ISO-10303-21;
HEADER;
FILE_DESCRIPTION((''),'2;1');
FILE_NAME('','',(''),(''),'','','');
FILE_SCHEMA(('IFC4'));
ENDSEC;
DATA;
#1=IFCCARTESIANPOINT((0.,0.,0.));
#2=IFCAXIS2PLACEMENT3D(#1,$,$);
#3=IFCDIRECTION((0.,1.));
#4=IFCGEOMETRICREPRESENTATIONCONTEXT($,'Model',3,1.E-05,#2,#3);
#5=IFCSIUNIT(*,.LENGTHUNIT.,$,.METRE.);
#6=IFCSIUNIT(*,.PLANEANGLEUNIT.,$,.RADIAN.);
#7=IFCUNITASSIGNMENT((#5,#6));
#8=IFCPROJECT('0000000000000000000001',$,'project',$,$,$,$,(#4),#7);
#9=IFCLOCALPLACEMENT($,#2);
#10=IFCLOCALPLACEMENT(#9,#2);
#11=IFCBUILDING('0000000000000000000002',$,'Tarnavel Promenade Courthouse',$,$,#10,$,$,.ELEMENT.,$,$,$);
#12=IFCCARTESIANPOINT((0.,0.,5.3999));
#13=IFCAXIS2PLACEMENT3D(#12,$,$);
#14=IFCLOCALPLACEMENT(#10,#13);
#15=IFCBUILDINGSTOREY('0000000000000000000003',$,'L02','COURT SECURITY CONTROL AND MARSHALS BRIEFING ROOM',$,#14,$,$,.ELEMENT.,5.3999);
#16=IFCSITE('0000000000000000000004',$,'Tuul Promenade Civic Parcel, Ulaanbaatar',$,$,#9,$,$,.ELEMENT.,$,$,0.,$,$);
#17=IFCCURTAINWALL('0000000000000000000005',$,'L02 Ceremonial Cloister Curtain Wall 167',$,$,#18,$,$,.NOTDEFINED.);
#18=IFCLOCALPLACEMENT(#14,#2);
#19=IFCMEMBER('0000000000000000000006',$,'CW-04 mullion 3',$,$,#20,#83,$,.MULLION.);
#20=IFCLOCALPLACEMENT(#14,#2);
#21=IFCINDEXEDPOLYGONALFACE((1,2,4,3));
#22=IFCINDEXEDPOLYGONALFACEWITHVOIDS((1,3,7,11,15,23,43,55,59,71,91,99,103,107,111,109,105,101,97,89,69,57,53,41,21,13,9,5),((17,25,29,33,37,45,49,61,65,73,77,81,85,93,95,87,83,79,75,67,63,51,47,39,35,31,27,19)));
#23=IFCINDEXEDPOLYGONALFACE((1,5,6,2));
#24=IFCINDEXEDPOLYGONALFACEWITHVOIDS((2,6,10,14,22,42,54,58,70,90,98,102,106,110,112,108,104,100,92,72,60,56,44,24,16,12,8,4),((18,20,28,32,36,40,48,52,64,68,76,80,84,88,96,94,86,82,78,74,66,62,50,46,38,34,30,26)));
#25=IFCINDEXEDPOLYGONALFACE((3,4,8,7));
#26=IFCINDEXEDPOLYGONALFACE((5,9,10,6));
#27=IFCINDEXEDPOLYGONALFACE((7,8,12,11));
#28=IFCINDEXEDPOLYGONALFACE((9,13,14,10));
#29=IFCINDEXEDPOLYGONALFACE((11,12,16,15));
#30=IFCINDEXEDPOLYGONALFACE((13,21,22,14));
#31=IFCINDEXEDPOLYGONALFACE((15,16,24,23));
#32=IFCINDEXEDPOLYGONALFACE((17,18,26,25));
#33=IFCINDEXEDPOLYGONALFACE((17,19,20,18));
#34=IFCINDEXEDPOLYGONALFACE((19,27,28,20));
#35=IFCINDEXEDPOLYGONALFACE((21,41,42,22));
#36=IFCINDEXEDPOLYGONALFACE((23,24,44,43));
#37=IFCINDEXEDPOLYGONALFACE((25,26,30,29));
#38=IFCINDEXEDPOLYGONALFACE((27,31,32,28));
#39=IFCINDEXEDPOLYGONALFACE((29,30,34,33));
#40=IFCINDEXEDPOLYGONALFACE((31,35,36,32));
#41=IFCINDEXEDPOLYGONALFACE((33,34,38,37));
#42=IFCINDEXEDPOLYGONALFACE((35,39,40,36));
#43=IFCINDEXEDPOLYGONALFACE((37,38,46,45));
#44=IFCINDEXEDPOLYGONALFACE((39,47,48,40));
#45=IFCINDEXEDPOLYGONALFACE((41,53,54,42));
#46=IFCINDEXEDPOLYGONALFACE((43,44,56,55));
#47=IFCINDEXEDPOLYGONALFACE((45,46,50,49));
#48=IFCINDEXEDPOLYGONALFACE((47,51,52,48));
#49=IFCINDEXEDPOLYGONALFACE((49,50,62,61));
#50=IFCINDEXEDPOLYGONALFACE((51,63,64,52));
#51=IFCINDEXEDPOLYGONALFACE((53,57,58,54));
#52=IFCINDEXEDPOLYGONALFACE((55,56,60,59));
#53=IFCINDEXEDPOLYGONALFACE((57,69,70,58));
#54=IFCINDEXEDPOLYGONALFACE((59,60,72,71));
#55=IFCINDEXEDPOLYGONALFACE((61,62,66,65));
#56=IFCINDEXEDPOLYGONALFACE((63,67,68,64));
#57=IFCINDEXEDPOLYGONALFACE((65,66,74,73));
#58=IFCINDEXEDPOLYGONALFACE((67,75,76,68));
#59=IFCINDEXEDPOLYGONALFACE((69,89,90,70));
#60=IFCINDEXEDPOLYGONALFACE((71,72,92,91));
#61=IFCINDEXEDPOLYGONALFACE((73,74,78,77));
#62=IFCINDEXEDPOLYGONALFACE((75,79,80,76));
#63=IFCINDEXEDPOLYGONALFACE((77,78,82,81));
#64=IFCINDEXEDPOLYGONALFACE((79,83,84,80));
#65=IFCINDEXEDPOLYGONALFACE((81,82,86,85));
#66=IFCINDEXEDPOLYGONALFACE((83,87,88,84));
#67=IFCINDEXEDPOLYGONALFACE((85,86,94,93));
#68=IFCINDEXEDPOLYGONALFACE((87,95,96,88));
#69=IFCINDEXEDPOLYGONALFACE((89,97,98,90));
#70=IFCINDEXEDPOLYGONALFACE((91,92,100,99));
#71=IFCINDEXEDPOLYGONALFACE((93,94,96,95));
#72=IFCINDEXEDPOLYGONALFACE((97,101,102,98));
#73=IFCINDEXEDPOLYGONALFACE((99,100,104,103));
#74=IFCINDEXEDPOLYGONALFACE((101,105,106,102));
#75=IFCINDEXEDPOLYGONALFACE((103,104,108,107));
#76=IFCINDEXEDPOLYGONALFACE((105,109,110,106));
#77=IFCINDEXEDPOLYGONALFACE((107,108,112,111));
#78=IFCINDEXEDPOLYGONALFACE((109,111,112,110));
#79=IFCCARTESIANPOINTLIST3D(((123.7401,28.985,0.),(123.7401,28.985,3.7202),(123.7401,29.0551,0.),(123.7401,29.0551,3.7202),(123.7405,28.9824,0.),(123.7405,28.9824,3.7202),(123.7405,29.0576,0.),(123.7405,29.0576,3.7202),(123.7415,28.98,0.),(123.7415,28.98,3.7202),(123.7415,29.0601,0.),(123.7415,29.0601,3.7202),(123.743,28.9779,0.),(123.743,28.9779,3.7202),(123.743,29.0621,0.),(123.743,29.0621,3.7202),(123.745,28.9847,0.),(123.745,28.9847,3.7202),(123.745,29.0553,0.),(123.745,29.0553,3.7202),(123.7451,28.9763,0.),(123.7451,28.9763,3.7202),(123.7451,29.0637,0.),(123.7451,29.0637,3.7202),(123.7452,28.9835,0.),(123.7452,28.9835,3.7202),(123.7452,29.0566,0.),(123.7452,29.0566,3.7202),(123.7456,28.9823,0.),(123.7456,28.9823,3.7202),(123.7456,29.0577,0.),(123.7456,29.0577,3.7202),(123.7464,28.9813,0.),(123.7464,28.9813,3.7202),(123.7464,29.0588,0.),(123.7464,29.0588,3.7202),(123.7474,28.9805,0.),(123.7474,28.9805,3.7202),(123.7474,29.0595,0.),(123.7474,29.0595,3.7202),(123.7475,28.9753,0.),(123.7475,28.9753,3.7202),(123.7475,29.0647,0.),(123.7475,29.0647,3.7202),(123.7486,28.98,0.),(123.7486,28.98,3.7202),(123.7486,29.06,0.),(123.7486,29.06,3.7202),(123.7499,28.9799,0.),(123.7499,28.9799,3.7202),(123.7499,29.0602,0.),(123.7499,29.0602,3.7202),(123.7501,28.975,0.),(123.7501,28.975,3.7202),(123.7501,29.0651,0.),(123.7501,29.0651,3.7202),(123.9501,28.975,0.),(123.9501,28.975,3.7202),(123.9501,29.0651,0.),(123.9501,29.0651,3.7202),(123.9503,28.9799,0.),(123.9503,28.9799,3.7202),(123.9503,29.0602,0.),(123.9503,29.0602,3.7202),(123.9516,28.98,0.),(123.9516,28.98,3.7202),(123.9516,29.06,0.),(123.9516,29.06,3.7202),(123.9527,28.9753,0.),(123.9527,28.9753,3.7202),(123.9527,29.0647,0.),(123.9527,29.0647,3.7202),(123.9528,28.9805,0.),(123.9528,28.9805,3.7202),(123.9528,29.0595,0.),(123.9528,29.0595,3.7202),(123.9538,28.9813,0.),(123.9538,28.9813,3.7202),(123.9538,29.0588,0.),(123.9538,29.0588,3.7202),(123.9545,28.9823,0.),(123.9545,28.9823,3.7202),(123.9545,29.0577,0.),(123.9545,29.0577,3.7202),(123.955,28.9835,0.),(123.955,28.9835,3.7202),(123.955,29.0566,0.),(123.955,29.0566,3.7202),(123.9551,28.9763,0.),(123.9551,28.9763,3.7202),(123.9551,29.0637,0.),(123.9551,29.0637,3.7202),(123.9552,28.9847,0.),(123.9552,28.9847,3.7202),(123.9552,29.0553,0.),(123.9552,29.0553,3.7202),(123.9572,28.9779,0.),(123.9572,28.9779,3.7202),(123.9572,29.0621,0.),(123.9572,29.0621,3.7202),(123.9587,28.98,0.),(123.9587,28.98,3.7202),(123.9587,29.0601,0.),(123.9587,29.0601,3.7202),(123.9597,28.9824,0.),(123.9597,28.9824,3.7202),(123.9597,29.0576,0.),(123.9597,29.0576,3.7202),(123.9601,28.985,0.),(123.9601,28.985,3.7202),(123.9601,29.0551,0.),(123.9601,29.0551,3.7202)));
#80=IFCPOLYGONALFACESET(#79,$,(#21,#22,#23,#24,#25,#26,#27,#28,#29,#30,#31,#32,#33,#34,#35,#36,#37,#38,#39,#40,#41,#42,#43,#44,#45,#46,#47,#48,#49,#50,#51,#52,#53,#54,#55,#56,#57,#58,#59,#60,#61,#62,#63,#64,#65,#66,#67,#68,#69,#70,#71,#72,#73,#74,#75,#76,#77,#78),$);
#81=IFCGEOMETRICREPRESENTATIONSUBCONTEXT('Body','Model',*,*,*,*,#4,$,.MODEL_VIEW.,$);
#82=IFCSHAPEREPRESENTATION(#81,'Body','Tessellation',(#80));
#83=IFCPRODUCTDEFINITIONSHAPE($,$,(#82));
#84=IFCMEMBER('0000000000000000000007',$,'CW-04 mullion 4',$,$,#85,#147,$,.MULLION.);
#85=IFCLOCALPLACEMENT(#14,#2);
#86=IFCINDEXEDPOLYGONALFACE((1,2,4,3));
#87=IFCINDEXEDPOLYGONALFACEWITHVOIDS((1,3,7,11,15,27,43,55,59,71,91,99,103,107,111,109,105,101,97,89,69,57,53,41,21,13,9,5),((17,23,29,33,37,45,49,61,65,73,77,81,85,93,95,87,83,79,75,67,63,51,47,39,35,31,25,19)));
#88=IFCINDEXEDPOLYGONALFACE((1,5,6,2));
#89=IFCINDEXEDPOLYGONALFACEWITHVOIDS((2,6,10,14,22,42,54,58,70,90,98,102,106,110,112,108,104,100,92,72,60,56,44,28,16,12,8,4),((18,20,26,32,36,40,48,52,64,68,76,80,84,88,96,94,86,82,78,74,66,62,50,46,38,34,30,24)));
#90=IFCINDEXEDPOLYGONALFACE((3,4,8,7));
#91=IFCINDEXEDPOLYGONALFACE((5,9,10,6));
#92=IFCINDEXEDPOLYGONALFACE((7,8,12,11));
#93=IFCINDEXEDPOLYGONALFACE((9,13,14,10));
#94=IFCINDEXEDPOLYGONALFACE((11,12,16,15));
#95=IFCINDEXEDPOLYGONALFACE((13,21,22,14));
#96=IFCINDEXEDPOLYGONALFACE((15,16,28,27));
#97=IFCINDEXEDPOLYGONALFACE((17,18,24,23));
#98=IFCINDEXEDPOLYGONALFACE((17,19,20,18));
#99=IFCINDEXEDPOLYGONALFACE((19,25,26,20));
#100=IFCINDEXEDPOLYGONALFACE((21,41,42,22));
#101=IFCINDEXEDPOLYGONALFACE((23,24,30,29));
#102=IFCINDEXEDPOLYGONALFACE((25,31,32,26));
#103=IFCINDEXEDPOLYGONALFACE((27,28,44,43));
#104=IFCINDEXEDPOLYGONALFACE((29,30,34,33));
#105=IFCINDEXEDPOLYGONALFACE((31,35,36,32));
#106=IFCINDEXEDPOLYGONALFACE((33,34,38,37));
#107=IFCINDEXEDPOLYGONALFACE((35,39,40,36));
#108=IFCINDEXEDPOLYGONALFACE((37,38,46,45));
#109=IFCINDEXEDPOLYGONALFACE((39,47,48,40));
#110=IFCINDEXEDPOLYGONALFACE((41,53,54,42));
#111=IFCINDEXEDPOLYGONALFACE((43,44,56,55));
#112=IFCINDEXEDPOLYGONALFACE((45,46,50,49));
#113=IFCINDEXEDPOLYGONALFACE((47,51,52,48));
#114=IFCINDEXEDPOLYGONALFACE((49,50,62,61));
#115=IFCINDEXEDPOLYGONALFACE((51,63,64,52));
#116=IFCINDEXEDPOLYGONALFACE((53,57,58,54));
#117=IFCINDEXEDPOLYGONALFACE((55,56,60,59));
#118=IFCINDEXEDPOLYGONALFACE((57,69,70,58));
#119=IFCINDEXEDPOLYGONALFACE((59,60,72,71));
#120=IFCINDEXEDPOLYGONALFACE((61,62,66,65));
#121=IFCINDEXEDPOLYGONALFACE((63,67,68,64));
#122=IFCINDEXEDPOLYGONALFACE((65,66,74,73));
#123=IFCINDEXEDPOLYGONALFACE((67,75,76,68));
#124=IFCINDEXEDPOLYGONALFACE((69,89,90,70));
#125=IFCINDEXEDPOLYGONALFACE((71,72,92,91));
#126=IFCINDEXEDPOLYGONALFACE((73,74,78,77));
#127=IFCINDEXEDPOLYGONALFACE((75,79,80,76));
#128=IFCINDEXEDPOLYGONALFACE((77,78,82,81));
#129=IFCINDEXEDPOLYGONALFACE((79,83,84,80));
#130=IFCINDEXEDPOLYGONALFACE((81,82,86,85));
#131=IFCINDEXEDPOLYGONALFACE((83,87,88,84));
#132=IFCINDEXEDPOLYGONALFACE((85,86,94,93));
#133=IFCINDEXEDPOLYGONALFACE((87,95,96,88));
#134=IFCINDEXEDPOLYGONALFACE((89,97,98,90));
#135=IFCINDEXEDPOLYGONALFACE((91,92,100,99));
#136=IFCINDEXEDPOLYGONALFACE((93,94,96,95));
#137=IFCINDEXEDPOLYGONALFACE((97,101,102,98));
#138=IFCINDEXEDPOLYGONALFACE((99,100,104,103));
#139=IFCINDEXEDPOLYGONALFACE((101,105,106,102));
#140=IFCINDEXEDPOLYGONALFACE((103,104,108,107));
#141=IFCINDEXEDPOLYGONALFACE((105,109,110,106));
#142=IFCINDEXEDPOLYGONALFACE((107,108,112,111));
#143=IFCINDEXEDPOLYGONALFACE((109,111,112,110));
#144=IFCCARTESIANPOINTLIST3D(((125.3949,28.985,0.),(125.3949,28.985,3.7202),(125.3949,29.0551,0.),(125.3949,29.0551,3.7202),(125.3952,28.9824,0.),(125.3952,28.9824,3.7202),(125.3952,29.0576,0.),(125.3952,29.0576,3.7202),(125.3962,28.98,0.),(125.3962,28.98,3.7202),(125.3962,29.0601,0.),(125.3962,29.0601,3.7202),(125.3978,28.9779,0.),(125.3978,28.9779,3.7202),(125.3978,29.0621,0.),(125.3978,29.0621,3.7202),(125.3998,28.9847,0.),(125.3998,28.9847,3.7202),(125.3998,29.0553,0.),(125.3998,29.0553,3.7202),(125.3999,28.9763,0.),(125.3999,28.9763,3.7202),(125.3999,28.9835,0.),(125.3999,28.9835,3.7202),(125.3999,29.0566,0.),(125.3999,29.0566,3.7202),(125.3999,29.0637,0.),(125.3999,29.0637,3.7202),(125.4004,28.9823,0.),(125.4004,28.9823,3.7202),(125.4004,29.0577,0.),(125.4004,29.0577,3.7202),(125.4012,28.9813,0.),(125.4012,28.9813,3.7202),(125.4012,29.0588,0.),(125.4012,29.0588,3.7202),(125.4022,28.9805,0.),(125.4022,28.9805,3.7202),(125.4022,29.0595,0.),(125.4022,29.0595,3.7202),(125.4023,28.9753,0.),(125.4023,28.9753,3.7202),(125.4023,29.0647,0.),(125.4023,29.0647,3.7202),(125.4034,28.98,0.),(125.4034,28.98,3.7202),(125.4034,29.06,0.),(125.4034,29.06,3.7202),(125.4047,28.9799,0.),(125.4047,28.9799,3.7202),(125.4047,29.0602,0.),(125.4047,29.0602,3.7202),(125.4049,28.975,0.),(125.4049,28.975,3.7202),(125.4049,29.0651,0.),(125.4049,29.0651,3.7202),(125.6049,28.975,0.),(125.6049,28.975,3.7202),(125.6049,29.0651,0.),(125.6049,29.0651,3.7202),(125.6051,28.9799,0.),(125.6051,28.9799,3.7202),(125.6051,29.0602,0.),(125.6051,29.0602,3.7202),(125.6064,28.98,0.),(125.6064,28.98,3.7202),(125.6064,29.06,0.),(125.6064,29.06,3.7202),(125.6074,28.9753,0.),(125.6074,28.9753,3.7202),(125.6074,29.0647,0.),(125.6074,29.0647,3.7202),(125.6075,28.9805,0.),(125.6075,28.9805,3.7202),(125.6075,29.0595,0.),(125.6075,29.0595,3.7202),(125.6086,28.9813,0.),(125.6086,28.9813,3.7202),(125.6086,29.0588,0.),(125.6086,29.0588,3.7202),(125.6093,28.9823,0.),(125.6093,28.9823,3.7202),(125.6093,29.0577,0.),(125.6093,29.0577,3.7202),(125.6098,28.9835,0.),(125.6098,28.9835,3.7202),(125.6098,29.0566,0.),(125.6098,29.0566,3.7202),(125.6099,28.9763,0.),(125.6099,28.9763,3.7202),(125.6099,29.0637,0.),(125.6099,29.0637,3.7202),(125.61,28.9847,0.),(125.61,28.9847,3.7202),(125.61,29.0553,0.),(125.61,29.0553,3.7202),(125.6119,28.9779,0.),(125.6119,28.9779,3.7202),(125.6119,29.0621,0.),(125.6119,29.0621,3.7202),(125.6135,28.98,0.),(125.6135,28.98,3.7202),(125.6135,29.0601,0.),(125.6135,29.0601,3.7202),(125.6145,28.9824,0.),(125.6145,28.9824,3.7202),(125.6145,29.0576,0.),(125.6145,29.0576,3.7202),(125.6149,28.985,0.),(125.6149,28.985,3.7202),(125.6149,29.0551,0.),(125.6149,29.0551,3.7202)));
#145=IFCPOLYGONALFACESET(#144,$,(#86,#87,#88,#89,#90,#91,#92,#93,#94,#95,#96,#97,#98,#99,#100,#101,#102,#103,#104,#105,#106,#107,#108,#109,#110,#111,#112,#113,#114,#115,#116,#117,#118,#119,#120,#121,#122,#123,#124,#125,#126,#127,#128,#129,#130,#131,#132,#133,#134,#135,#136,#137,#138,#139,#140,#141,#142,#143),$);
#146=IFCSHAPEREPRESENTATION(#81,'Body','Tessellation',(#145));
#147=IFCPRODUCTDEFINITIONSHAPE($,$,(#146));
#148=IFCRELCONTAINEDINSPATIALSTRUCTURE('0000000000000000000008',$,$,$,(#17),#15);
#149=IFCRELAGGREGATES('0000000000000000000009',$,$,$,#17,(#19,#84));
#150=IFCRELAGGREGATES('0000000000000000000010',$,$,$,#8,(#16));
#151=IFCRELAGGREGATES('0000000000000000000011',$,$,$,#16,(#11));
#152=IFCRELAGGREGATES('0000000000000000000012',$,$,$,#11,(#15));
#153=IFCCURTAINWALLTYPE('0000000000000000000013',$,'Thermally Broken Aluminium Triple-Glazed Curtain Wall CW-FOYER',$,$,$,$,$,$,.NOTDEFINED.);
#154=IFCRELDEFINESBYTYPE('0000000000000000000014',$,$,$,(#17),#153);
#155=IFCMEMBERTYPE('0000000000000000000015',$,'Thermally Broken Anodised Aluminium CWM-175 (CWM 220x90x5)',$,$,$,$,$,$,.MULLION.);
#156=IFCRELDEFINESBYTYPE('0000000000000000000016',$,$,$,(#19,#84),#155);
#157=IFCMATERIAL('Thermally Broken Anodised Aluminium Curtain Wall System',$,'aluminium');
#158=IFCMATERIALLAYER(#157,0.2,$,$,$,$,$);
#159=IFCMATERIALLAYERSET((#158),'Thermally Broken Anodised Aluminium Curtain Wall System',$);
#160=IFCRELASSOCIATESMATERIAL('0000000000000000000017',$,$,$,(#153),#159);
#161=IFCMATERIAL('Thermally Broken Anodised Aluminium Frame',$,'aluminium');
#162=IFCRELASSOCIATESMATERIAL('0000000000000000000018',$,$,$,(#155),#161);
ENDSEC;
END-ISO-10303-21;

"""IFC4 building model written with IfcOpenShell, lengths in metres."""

from ifc_helpers import new_model, si_unit, direction, frame, origin, origin_2d, place, context, subcontext, project, spatial, hollow_rectangle, extrude, material, layer, layer_set, material_profile, profile_set, type_object, element, aggregate, save


model = new_model("IFC4")

# Units and contexts
model_context = context("Model", 3, precision=1e-05, world=origin(), true_north=direction((0.0, 1.0)))
body_context = subcontext(model_context, "Body", "Model", "MODEL_VIEW")
ifc_project = project(units=[si_unit("LENGTHUNIT", "METRE"), si_unit("PLANEANGLEUNIT", "RADIAN")], contexts=[model_context])

# Site, building, storey
site_placement = place(None, origin())
site = spatial("IfcSite", under=ifc_project, at=site_placement, Name="Tuul Promenade Civic Parcel, Ulaanbaatar", CompositionType="ELEMENT", RefElevation=0.0)
building_placement = place(site_placement, origin())
building = spatial("IfcBuilding", under=site, at=building_placement, Name="Tarnavel Promenade Courthouse", CompositionType="ELEMENT")
storey_placement = place(building_placement, frame((0.0, 0.0, 5.3999)))
storey = spatial("IfcBuildingStorey", under=building, at=storey_placement, Name="L02", Description="COURT SECURITY CONTROL AND MARSHALS BRIEFING ROOM", CompositionType="ELEMENT", Elevation=5.3999)

# Curtain wall, members
ifc_material_1 = material(Name="Thermally Broken Anodised Aluminium Curtain Wall System", Category="aluminium")
ifc_layer_1 = layer(ifc_material_1, 0.2)
ifc_layer_set_1 = layer_set([ifc_layer_1], Name="Thermally Broken Anodised Aluminium Curtain Wall System")
curtain_wall_type = type_object("IfcCurtainWallType", Name="Thermally Broken Aluminium Triple-Glazed Curtain Wall CW-FOYER", PredefinedType="NOTDEFINED", material=ifc_layer_set_1)
curtain_wall_1_placement = place(storey_placement, origin())
curtain_wall_1 = element("IfcCurtainWall", 1, at=curtain_wall_1_placement, inside=storey, type_object=curtain_wall_type, Name="L02 Ceremonial Cloister Curtain Wall 167", PredefinedType="NOTDEFINED")
ifc_material_2 = material(Name="Thermally Broken Anodised Aluminium Frame", Category="aluminium")
ifc_material_profile_1 = material_profile(ifc_material_2, hollow_rectangle(XDim=0.0901, YDim=0.22, WallThickness=0.0049, InnerFilletRadius=0.0049, OuterFilletRadius=0.01, at=origin_2d()), Name="CWM 220x90x5")
ifc_profile_set_1 = profile_set([ifc_material_profile_1], Name="Thermally Broken Anodised Aluminium Frame")
member_type_1 = type_object("IfcMemberType", Name="Thermally Broken Anodised Aluminium CWM-175 (CWM 220x90x5)", PredefinedType="MULLION", material=ifc_profile_set_1)
member_1_placement = place(storey_placement, frame((123.8501, 29.02, 0.0), z_axis=(0.0, 0.0, 1.0), x_axis=(0.0, 1.0, 0.0)))
member_1 = element("IfcMember", 2, at=member_1_placement, type_object=member_type_1, Name="CW-04 mullion 3", PredefinedType="MULLION", context=body_context, shape_type="SweptSolid", body=[
    extrude(hollow_rectangle(XDim=0.0901, YDim=0.22, WallThickness=0.0049, InnerFilletRadius=0.0049, OuterFilletRadius=0.01, at=origin_2d()), origin(), (0.0, 0.0, 1.0), 3.7202),
])
member_2_placement = place(storey_placement, frame((125.5049, 29.02, 0.0), z_axis=(0.0, 0.0, 1.0), x_axis=(0.0, 1.0, 0.0)))
member_2 = element("IfcMember", 3, at=member_2_placement, type_object=member_type_1, Name="CW-04 mullion 4", PredefinedType="MULLION", context=body_context, shape_type="SweptSolid", body=[
    extrude(hollow_rectangle(XDim=0.0901, YDim=0.22, WallThickness=0.0049, InnerFilletRadius=0.0049, OuterFilletRadius=0.01, at=origin_2d()), origin(), (0.0, 0.0, 1.0), 3.7202),
])

aggregate(curtain_wall_1, [member_1, member_2])

save(model, "model.ifc")
